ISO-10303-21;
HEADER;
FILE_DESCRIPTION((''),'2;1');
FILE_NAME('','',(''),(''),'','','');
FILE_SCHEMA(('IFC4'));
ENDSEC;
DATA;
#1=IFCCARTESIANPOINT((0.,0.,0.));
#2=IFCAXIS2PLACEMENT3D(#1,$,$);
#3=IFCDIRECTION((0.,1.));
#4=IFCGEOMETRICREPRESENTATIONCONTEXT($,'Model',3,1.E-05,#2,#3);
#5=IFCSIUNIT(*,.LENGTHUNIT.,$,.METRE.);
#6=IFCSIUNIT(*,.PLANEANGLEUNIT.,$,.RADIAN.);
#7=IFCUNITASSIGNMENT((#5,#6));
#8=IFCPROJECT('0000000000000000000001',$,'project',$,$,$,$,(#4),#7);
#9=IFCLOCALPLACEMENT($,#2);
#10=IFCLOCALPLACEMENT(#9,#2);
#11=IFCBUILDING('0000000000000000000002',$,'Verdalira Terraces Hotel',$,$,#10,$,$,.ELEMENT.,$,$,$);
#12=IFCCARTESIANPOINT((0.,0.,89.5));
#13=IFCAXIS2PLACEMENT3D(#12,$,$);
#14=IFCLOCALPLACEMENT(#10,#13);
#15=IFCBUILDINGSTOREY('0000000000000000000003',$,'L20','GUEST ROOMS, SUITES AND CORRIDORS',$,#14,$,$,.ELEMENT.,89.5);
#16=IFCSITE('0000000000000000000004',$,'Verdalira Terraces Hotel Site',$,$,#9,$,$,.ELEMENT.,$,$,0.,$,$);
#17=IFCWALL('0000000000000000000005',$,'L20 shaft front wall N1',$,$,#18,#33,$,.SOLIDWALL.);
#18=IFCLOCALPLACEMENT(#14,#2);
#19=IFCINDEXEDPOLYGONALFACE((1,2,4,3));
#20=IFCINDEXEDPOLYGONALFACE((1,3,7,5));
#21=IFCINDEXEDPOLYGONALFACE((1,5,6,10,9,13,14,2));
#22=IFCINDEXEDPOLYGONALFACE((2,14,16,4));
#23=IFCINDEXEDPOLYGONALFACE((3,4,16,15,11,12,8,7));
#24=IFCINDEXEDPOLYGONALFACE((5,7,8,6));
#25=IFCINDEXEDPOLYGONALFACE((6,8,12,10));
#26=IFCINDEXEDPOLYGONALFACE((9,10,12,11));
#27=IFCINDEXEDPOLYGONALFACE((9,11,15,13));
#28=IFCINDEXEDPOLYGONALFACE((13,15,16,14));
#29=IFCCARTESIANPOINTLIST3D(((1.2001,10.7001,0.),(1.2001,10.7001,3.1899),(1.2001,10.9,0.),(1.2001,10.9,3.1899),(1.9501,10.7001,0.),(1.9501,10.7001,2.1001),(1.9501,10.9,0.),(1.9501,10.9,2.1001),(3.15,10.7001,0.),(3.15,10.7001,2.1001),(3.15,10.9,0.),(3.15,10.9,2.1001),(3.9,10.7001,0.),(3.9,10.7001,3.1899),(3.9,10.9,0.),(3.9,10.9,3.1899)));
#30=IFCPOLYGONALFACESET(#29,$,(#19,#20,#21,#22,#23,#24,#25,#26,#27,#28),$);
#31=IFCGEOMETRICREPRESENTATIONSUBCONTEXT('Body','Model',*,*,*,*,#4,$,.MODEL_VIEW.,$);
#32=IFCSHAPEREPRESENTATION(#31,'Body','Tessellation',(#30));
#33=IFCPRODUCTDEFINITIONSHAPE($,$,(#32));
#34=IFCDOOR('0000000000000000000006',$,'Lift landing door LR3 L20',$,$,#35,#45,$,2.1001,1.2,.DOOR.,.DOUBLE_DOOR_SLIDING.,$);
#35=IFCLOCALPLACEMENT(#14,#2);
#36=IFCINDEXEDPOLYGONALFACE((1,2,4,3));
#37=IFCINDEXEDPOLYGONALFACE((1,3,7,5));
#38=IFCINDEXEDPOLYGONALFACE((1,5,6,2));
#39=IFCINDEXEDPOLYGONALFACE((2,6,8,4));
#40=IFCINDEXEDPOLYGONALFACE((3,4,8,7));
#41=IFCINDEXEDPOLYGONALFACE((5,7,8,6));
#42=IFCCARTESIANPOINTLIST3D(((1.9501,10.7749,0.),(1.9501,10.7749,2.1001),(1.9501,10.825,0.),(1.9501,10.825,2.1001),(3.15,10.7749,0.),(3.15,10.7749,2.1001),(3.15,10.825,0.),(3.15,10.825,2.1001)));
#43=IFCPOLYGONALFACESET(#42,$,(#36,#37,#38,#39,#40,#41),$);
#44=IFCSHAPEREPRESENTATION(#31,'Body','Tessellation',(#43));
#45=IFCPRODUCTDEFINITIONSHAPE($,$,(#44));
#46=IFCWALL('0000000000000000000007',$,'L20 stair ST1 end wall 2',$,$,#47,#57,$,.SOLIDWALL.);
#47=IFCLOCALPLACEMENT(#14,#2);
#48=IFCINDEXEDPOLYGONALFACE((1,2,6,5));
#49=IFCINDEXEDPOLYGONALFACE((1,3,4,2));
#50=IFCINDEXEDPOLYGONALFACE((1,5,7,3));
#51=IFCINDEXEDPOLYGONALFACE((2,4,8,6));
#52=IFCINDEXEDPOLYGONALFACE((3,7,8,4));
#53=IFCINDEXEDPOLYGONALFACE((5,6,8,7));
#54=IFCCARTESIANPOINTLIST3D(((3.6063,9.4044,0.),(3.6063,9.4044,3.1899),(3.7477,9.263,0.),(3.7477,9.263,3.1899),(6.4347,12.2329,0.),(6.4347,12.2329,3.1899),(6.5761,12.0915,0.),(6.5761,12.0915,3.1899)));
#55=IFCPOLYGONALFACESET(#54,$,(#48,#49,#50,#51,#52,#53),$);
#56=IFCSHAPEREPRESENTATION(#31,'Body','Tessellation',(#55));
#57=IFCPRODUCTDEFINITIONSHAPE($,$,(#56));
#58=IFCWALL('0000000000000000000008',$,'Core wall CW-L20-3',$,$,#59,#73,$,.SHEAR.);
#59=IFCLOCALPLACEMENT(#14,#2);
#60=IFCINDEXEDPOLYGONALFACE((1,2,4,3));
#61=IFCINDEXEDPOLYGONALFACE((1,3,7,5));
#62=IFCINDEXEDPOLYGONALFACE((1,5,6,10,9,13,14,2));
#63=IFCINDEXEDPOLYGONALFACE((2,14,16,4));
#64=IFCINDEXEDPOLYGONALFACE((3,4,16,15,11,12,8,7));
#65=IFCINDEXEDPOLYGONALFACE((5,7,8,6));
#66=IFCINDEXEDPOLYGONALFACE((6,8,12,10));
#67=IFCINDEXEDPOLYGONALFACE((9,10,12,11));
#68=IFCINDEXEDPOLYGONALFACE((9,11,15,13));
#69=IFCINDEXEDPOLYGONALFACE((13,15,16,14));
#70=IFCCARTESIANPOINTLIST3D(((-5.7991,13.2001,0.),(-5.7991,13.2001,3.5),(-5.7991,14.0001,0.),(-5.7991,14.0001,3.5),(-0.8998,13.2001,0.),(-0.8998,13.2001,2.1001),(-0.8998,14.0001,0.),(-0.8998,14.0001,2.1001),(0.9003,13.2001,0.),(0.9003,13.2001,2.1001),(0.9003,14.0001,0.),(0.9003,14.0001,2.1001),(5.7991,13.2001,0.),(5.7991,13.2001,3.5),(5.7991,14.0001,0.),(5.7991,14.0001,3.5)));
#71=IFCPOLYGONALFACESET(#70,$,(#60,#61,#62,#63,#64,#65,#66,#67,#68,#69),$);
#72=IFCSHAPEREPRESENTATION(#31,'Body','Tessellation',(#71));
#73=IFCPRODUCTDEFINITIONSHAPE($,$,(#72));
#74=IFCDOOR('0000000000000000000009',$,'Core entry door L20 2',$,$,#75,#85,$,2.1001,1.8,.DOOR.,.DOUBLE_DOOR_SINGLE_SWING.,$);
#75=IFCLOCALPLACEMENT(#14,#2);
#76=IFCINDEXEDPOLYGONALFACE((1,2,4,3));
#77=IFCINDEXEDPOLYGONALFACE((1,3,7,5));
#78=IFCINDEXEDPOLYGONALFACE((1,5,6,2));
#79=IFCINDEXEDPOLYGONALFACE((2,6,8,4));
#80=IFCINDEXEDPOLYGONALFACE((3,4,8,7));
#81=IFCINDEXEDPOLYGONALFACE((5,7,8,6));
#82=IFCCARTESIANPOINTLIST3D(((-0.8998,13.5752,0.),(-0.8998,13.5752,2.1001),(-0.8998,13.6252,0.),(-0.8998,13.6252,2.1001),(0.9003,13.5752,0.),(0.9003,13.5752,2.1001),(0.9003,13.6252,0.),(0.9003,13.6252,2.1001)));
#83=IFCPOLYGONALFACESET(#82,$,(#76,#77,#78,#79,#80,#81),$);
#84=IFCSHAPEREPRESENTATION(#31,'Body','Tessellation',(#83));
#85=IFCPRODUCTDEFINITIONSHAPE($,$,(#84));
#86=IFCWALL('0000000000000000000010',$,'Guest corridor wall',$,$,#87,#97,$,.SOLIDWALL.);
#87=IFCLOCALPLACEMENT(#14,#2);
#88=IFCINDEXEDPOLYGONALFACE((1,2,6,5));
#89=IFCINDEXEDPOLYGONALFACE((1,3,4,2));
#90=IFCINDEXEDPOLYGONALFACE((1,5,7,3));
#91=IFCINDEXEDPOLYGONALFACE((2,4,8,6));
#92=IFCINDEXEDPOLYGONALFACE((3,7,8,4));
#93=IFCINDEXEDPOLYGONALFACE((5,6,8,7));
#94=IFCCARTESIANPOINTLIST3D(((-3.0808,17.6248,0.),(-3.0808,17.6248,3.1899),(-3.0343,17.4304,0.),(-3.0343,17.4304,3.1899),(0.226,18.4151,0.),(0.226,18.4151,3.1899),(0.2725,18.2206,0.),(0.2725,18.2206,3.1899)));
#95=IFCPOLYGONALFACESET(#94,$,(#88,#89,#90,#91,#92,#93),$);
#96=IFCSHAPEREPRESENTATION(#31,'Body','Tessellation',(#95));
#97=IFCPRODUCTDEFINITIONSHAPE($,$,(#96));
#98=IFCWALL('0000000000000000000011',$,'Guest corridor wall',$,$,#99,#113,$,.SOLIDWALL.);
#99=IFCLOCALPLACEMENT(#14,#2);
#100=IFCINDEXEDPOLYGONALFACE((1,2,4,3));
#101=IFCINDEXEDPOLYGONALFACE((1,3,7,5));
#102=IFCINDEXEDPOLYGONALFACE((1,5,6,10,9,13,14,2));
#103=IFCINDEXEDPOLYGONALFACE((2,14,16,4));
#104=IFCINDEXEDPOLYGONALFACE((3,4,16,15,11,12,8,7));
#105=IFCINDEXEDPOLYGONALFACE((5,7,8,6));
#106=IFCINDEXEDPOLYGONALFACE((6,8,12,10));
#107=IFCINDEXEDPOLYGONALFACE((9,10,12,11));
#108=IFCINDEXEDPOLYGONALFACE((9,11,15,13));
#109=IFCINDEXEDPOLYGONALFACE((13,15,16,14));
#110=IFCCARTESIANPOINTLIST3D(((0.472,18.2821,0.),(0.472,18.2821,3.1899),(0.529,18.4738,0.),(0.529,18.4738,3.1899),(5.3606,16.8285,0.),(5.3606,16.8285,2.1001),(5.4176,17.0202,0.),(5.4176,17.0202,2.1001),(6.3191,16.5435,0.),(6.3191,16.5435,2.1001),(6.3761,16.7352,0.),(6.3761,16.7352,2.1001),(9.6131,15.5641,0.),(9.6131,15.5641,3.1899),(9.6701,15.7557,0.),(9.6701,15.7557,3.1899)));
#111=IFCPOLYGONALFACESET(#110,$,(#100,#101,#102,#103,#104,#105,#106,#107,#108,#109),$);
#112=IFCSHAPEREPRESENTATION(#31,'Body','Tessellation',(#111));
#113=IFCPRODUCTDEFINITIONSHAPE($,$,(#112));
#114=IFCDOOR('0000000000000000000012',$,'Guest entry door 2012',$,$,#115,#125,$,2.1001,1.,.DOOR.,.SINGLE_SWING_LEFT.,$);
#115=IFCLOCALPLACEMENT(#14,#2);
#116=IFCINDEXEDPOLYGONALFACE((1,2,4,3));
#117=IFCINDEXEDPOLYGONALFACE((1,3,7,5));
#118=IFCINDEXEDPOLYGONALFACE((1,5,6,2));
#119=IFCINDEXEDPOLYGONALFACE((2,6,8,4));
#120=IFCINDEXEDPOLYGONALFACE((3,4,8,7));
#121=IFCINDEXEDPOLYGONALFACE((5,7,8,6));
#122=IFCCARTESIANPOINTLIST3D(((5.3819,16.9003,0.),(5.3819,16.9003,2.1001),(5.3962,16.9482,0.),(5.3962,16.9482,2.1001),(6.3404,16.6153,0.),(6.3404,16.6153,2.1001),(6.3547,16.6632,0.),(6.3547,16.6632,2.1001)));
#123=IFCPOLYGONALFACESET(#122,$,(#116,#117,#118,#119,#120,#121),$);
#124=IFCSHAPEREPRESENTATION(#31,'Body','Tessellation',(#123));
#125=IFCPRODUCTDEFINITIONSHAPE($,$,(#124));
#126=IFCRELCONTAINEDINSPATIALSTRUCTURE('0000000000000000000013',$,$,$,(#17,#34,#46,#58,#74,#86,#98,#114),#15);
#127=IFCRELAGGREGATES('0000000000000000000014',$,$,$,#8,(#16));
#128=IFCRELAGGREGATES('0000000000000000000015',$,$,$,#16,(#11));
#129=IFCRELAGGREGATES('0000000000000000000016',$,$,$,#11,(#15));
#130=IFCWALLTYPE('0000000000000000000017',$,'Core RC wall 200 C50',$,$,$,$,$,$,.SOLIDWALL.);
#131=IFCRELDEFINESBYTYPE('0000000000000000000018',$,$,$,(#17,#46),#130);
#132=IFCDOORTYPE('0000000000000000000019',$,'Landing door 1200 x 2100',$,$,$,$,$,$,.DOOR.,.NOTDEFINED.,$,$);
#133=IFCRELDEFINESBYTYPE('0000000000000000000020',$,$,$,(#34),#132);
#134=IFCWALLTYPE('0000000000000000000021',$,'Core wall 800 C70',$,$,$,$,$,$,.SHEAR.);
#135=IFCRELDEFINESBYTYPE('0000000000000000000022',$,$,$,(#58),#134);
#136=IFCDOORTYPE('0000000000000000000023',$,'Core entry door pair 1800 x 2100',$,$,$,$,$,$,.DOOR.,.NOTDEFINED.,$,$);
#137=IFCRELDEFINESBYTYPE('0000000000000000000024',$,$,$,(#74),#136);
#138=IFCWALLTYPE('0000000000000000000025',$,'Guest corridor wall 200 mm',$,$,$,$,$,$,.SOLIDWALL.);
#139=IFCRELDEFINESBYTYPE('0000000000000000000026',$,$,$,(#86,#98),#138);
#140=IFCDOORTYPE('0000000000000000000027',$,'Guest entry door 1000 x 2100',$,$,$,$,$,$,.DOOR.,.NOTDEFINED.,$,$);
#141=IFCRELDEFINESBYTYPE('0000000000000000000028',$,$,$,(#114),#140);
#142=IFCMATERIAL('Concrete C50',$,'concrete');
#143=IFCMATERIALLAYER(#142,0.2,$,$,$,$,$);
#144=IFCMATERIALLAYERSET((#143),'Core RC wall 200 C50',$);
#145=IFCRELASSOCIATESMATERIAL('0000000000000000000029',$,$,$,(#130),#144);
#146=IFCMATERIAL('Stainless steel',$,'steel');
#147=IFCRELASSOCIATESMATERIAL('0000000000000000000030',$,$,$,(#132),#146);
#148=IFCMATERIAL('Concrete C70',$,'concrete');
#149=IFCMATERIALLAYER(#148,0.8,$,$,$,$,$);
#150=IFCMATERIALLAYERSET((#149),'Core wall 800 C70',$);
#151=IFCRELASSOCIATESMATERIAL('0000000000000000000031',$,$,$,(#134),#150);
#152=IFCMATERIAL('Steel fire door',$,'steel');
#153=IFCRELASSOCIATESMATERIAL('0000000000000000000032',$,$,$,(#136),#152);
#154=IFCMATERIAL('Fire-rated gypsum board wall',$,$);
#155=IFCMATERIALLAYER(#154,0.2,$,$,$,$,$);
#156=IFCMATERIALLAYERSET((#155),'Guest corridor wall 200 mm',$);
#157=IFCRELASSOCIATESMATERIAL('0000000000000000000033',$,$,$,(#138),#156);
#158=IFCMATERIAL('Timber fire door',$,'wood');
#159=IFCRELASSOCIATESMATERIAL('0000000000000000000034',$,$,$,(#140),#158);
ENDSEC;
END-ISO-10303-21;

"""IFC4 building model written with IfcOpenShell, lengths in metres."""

from ifc_helpers import new_model, si_unit, direction, frame, frame_2d, origin, place, context, subcontext, project, spatial, rectangle, extrude, material, layer, layer_set, type_object, element, fill, save


model = new_model("IFC4")

# Units and contexts
model_context = context("Model", 3, precision=1e-05, world=origin(), true_north=direction((0.0, 1.0)))
body_context = subcontext(model_context, "Body", "Model", "MODEL_VIEW")
ifc_project = project(units=[si_unit("LENGTHUNIT", "METRE"), si_unit("PLANEANGLEUNIT", "RADIAN")], contexts=[model_context])

# Site, building, storey
site_placement = place(None, origin())
site = spatial("IfcSite", under=ifc_project, at=site_placement, Name="Verdalira Terraces Hotel Site", CompositionType="ELEMENT", RefElevation=0.0)
building_placement = place(site_placement, origin())
building = spatial("IfcBuilding", under=site, at=building_placement, Name="Verdalira Terraces Hotel", CompositionType="ELEMENT")
storey_placement = place(building_placement, frame((0.0, 0.0, 89.5)))
storey = spatial("IfcBuildingStorey", under=building, at=storey_placement, Name="L20", Description="GUEST ROOMS, SUITES AND CORRIDORS", CompositionType="ELEMENT", Elevation=89.5)

# Wall, opening, door
ifc_material_1 = material(Name="Concrete C50", Category="concrete")
ifc_layer_1 = layer(ifc_material_1, 0.2)
ifc_layer_set_1 = layer_set([ifc_layer_1], Name="Core RC wall 200 C50")
wall_type_1 = type_object("IfcWallType", Name="Core RC wall 200 C50", PredefinedType="SOLIDWALL", material=ifc_layer_set_1)
wall_1_placement = place(storey_placement, frame((1.2, 10.8, 0.0), z_axis=(0.0, 0.0, 1.0), x_axis=(1.0, 0.0, 0.0)))
wall_1 = element("IfcWall", 1, at=wall_1_placement, inside=storey, type_object=wall_type_1, Name="L20 shaft front wall N1", PredefinedType="SOLIDWALL", context=body_context, shape_type="SweptSolid", body=[
    extrude(rectangle(XDim=2.7, YDim=0.2, at=frame_2d((1.3501, 0.0))), origin(), (0.0, 0.0, 1.0), 3.1899),
])
opening_1_placement = place(wall_1_placement, frame((0.75, 0.0, 0.0)))
opening_1 = element("IfcOpeningElement", 2, at=opening_1_placement, cuts=wall_1, PredefinedType="OPENING", context=body_context, shape_type="SweptSolid", body=[
    extrude(rectangle(XDim=1.2, YDim=2.1001, at=frame_2d((0.6001, 1.05))), frame((0.0, 0.1099, 0.0), z_axis=(0.0, -1.0, 0.0), x_axis=(1.0, 0.0, 0.0)), (0.0, 0.0, 1.0), 0.22),
])
ifc_material_2 = material(Name="Stainless steel", Category="steel")
door_type_1 = type_object("IfcDoorType", Name="Landing door 1200 x 2100", OperationType="NOTDEFINED", PredefinedType="DOOR", material=ifc_material_2)
door_1_placement = place(opening_1_placement, origin())
door_1 = element("IfcDoor", 3, at=door_1_placement, inside=storey, type_object=door_type_1, Name="Lift landing door LR3 L20", OperationType="DOUBLE_DOOR_SLIDING", OverallHeight=2.1001, OverallWidth=1.2, PredefinedType="DOOR", context=body_context, shape_type="SweptSolid", body=[
    extrude(rectangle(XDim=1.2, YDim=2.1001, at=frame_2d((0.6001, 1.05))), frame((0.0, 0.0249, 0.0), z_axis=(0.0, -1.0, 0.0), x_axis=(1.0, 0.0, 0.0)), (0.0, 0.0, 1.0), 0.05),
])
fill(opening_1, door_1)

# Wall
wall_2_placement = place(storey_placement, frame((3.677, 9.3337, 0.0), z_axis=(0.0, 0.0, 1.0), x_axis=(0.707107, 0.707107, 0.0)))
element("IfcWall", 4, at=wall_2_placement, inside=storey, type_object=wall_type_1, Name="L20 stair ST1 end wall 2", PredefinedType="SOLIDWALL", context=body_context, shape_type="SweptSolid", body=[
    extrude(rectangle(XDim=4.0, YDim=0.2, at=frame_2d((2.0, 0.0))), origin(), (0.0, 0.0, 1.0), 3.1899),
])

# Wall, opening, door
ifc_material_3 = material(Name="Concrete C70", Category="concrete")
ifc_layer_2 = layer(ifc_material_3, 0.8)
ifc_layer_set_2 = layer_set([ifc_layer_2], Name="Core wall 800 C70")
wall_type_2 = type_object("IfcWallType", Name="Core wall 800 C70", PredefinedType="SHEAR", material=ifc_layer_set_2)
wall_3_placement = place(storey_placement, frame((5.7991, 13.6001, 0.0), z_axis=(0.0, 0.0, 1.0), x_axis=(-1.0, 0.0, 0.0)))
wall_3 = element("IfcWall", 5, at=wall_3_placement, inside=storey, type_object=wall_type_2, Name="Core wall CW-L20-3", PredefinedType="SHEAR", context=body_context, shape_type="SweptSolid", body=[
    extrude(rectangle(XDim=11.5981, YDim=0.8, at=frame_2d((5.7991, 0.0))), origin(), (0.0, 0.0, 1.0), 3.5),
])
opening_2_placement = place(wall_3_placement, frame((4.8989, 0.0, 0.0)))
opening_2 = element("IfcOpeningElement", 6, at=opening_2_placement, cuts=wall_3, PredefinedType="OPENING", context=body_context, shape_type="SweptSolid", body=[
    extrude(rectangle(XDim=1.8, YDim=2.1001, at=frame_2d((0.8999, 1.05))), frame((0.0, 0.4099, 0.0), z_axis=(0.0, -1.0, 0.0), x_axis=(1.0, 0.0, 0.0)), (0.0, 0.0, 1.0), 0.8201),
])
ifc_material_4 = material(Name="Steel fire door", Category="steel")
door_type_2 = type_object("IfcDoorType", Name="Core entry door pair 1800 x 2100", OperationType="NOTDEFINED", PredefinedType="DOOR", material=ifc_material_4)
door_2_placement = place(opening_2_placement, origin())
door_2 = element("IfcDoor", 7, at=door_2_placement, inside=storey, type_object=door_type_2, Name="Core entry door L20 2", OperationType="DOUBLE_DOOR_SINGLE_SWING", OverallHeight=2.1001, OverallWidth=1.8, PredefinedType="DOOR", context=body_context, shape_type="SweptSolid", body=[
    extrude(rectangle(XDim=1.8, YDim=2.1001, at=frame_2d((0.8999, 1.05))), frame((0.0, 0.0249, 0.0), z_axis=(0.0, -1.0, 0.0), x_axis=(1.0, 0.0, 0.0)), (0.0, 0.0, 1.0), 0.05),
])
fill(opening_2, door_2)

# Wall
ifc_material_5 = material(Name="Fire-rated gypsum board wall")
ifc_layer_3 = layer(ifc_material_5, 0.2)
ifc_layer_set_3 = layer_set([ifc_layer_3], Name="Guest corridor wall 200 mm")
wall_type_3 = type_object("IfcWallType", Name="Guest corridor wall 200 mm", PredefinedType="SOLIDWALL", material=ifc_layer_set_3)
wall_4_placement = place(storey_placement, frame((0.2493, 18.3179, 0.0), z_axis=(0.0, 0.0, 1.0), x_axis=(-0.972612, -0.232436, 0.0)))
element("IfcWall", 8, at=wall_4_placement, inside=storey, type_object=wall_type_3, Name="Guest corridor wall", PredefinedType="SOLIDWALL", context=body_context, shape_type="SweptSolid", body=[
    extrude(rectangle(XDim=3.3999, YDim=0.2, at=frame_2d((1.7, 0.0))), origin(), (0.0, 0.0, 1.0), 3.1899),
])

# Wall, opening, door
wall_5_placement = place(storey_placement, frame((0.5005, 18.3779, 0.0), z_axis=(0.0, 0.0, 1.0), x_axis=(0.958525, -0.285008, 0.0)))
wall_5 = element("IfcWall", 9, at=wall_5_placement, inside=storey, type_object=wall_type_3, Name="Guest corridor wall", PredefinedType="SOLIDWALL", context=body_context, shape_type="SweptSolid", body=[
    extrude(rectangle(XDim=9.5366, YDim=0.2, at=frame_2d((4.7683, 0.0))), origin(), (0.0, 0.0, 1.0), 3.1899),
])
opening_3_placement = place(wall_5_placement, frame((5.1001, 0.0, 0.0)))
opening_3 = element("IfcOpeningElement", 10, at=opening_3_placement, cuts=wall_5, PredefinedType="OPENING", context=body_context, shape_type="SweptSolid", body=[
    extrude(rectangle(XDim=1.0, YDim=2.1001, at=frame_2d((0.5, 1.05))), frame((0.0, 0.1099, 0.0), z_axis=(0.0, -1.0, 0.0), x_axis=(1.0, 0.0, 0.0)), (0.0, 0.0, 1.0), 0.22),
])
ifc_material_6 = material(Name="Timber fire door", Category="wood")
door_type_3 = type_object("IfcDoorType", Name="Guest entry door 1000 x 2100", OperationType="NOTDEFINED", PredefinedType="DOOR", material=ifc_material_6)
door_3_placement = place(opening_3_placement, origin())
door_3 = element("IfcDoor", 11, at=door_3_placement, inside=storey, type_object=door_type_3, Name="Guest entry door 2012", OperationType="SINGLE_SWING_LEFT", OverallHeight=2.1001, OverallWidth=1.0, PredefinedType="DOOR", context=body_context, shape_type="SweptSolid", body=[
    extrude(rectangle(XDim=1.0, YDim=2.1001, at=frame_2d((0.5, 1.05))), frame((0.0, 0.0249, 0.0), z_axis=(0.0, -1.0, 0.0), x_axis=(1.0, 0.0, 0.0)), (0.0, 0.0, 1.0), 0.05),
])
fill(opening_3, door_3)

save(model, "model.ifc")
